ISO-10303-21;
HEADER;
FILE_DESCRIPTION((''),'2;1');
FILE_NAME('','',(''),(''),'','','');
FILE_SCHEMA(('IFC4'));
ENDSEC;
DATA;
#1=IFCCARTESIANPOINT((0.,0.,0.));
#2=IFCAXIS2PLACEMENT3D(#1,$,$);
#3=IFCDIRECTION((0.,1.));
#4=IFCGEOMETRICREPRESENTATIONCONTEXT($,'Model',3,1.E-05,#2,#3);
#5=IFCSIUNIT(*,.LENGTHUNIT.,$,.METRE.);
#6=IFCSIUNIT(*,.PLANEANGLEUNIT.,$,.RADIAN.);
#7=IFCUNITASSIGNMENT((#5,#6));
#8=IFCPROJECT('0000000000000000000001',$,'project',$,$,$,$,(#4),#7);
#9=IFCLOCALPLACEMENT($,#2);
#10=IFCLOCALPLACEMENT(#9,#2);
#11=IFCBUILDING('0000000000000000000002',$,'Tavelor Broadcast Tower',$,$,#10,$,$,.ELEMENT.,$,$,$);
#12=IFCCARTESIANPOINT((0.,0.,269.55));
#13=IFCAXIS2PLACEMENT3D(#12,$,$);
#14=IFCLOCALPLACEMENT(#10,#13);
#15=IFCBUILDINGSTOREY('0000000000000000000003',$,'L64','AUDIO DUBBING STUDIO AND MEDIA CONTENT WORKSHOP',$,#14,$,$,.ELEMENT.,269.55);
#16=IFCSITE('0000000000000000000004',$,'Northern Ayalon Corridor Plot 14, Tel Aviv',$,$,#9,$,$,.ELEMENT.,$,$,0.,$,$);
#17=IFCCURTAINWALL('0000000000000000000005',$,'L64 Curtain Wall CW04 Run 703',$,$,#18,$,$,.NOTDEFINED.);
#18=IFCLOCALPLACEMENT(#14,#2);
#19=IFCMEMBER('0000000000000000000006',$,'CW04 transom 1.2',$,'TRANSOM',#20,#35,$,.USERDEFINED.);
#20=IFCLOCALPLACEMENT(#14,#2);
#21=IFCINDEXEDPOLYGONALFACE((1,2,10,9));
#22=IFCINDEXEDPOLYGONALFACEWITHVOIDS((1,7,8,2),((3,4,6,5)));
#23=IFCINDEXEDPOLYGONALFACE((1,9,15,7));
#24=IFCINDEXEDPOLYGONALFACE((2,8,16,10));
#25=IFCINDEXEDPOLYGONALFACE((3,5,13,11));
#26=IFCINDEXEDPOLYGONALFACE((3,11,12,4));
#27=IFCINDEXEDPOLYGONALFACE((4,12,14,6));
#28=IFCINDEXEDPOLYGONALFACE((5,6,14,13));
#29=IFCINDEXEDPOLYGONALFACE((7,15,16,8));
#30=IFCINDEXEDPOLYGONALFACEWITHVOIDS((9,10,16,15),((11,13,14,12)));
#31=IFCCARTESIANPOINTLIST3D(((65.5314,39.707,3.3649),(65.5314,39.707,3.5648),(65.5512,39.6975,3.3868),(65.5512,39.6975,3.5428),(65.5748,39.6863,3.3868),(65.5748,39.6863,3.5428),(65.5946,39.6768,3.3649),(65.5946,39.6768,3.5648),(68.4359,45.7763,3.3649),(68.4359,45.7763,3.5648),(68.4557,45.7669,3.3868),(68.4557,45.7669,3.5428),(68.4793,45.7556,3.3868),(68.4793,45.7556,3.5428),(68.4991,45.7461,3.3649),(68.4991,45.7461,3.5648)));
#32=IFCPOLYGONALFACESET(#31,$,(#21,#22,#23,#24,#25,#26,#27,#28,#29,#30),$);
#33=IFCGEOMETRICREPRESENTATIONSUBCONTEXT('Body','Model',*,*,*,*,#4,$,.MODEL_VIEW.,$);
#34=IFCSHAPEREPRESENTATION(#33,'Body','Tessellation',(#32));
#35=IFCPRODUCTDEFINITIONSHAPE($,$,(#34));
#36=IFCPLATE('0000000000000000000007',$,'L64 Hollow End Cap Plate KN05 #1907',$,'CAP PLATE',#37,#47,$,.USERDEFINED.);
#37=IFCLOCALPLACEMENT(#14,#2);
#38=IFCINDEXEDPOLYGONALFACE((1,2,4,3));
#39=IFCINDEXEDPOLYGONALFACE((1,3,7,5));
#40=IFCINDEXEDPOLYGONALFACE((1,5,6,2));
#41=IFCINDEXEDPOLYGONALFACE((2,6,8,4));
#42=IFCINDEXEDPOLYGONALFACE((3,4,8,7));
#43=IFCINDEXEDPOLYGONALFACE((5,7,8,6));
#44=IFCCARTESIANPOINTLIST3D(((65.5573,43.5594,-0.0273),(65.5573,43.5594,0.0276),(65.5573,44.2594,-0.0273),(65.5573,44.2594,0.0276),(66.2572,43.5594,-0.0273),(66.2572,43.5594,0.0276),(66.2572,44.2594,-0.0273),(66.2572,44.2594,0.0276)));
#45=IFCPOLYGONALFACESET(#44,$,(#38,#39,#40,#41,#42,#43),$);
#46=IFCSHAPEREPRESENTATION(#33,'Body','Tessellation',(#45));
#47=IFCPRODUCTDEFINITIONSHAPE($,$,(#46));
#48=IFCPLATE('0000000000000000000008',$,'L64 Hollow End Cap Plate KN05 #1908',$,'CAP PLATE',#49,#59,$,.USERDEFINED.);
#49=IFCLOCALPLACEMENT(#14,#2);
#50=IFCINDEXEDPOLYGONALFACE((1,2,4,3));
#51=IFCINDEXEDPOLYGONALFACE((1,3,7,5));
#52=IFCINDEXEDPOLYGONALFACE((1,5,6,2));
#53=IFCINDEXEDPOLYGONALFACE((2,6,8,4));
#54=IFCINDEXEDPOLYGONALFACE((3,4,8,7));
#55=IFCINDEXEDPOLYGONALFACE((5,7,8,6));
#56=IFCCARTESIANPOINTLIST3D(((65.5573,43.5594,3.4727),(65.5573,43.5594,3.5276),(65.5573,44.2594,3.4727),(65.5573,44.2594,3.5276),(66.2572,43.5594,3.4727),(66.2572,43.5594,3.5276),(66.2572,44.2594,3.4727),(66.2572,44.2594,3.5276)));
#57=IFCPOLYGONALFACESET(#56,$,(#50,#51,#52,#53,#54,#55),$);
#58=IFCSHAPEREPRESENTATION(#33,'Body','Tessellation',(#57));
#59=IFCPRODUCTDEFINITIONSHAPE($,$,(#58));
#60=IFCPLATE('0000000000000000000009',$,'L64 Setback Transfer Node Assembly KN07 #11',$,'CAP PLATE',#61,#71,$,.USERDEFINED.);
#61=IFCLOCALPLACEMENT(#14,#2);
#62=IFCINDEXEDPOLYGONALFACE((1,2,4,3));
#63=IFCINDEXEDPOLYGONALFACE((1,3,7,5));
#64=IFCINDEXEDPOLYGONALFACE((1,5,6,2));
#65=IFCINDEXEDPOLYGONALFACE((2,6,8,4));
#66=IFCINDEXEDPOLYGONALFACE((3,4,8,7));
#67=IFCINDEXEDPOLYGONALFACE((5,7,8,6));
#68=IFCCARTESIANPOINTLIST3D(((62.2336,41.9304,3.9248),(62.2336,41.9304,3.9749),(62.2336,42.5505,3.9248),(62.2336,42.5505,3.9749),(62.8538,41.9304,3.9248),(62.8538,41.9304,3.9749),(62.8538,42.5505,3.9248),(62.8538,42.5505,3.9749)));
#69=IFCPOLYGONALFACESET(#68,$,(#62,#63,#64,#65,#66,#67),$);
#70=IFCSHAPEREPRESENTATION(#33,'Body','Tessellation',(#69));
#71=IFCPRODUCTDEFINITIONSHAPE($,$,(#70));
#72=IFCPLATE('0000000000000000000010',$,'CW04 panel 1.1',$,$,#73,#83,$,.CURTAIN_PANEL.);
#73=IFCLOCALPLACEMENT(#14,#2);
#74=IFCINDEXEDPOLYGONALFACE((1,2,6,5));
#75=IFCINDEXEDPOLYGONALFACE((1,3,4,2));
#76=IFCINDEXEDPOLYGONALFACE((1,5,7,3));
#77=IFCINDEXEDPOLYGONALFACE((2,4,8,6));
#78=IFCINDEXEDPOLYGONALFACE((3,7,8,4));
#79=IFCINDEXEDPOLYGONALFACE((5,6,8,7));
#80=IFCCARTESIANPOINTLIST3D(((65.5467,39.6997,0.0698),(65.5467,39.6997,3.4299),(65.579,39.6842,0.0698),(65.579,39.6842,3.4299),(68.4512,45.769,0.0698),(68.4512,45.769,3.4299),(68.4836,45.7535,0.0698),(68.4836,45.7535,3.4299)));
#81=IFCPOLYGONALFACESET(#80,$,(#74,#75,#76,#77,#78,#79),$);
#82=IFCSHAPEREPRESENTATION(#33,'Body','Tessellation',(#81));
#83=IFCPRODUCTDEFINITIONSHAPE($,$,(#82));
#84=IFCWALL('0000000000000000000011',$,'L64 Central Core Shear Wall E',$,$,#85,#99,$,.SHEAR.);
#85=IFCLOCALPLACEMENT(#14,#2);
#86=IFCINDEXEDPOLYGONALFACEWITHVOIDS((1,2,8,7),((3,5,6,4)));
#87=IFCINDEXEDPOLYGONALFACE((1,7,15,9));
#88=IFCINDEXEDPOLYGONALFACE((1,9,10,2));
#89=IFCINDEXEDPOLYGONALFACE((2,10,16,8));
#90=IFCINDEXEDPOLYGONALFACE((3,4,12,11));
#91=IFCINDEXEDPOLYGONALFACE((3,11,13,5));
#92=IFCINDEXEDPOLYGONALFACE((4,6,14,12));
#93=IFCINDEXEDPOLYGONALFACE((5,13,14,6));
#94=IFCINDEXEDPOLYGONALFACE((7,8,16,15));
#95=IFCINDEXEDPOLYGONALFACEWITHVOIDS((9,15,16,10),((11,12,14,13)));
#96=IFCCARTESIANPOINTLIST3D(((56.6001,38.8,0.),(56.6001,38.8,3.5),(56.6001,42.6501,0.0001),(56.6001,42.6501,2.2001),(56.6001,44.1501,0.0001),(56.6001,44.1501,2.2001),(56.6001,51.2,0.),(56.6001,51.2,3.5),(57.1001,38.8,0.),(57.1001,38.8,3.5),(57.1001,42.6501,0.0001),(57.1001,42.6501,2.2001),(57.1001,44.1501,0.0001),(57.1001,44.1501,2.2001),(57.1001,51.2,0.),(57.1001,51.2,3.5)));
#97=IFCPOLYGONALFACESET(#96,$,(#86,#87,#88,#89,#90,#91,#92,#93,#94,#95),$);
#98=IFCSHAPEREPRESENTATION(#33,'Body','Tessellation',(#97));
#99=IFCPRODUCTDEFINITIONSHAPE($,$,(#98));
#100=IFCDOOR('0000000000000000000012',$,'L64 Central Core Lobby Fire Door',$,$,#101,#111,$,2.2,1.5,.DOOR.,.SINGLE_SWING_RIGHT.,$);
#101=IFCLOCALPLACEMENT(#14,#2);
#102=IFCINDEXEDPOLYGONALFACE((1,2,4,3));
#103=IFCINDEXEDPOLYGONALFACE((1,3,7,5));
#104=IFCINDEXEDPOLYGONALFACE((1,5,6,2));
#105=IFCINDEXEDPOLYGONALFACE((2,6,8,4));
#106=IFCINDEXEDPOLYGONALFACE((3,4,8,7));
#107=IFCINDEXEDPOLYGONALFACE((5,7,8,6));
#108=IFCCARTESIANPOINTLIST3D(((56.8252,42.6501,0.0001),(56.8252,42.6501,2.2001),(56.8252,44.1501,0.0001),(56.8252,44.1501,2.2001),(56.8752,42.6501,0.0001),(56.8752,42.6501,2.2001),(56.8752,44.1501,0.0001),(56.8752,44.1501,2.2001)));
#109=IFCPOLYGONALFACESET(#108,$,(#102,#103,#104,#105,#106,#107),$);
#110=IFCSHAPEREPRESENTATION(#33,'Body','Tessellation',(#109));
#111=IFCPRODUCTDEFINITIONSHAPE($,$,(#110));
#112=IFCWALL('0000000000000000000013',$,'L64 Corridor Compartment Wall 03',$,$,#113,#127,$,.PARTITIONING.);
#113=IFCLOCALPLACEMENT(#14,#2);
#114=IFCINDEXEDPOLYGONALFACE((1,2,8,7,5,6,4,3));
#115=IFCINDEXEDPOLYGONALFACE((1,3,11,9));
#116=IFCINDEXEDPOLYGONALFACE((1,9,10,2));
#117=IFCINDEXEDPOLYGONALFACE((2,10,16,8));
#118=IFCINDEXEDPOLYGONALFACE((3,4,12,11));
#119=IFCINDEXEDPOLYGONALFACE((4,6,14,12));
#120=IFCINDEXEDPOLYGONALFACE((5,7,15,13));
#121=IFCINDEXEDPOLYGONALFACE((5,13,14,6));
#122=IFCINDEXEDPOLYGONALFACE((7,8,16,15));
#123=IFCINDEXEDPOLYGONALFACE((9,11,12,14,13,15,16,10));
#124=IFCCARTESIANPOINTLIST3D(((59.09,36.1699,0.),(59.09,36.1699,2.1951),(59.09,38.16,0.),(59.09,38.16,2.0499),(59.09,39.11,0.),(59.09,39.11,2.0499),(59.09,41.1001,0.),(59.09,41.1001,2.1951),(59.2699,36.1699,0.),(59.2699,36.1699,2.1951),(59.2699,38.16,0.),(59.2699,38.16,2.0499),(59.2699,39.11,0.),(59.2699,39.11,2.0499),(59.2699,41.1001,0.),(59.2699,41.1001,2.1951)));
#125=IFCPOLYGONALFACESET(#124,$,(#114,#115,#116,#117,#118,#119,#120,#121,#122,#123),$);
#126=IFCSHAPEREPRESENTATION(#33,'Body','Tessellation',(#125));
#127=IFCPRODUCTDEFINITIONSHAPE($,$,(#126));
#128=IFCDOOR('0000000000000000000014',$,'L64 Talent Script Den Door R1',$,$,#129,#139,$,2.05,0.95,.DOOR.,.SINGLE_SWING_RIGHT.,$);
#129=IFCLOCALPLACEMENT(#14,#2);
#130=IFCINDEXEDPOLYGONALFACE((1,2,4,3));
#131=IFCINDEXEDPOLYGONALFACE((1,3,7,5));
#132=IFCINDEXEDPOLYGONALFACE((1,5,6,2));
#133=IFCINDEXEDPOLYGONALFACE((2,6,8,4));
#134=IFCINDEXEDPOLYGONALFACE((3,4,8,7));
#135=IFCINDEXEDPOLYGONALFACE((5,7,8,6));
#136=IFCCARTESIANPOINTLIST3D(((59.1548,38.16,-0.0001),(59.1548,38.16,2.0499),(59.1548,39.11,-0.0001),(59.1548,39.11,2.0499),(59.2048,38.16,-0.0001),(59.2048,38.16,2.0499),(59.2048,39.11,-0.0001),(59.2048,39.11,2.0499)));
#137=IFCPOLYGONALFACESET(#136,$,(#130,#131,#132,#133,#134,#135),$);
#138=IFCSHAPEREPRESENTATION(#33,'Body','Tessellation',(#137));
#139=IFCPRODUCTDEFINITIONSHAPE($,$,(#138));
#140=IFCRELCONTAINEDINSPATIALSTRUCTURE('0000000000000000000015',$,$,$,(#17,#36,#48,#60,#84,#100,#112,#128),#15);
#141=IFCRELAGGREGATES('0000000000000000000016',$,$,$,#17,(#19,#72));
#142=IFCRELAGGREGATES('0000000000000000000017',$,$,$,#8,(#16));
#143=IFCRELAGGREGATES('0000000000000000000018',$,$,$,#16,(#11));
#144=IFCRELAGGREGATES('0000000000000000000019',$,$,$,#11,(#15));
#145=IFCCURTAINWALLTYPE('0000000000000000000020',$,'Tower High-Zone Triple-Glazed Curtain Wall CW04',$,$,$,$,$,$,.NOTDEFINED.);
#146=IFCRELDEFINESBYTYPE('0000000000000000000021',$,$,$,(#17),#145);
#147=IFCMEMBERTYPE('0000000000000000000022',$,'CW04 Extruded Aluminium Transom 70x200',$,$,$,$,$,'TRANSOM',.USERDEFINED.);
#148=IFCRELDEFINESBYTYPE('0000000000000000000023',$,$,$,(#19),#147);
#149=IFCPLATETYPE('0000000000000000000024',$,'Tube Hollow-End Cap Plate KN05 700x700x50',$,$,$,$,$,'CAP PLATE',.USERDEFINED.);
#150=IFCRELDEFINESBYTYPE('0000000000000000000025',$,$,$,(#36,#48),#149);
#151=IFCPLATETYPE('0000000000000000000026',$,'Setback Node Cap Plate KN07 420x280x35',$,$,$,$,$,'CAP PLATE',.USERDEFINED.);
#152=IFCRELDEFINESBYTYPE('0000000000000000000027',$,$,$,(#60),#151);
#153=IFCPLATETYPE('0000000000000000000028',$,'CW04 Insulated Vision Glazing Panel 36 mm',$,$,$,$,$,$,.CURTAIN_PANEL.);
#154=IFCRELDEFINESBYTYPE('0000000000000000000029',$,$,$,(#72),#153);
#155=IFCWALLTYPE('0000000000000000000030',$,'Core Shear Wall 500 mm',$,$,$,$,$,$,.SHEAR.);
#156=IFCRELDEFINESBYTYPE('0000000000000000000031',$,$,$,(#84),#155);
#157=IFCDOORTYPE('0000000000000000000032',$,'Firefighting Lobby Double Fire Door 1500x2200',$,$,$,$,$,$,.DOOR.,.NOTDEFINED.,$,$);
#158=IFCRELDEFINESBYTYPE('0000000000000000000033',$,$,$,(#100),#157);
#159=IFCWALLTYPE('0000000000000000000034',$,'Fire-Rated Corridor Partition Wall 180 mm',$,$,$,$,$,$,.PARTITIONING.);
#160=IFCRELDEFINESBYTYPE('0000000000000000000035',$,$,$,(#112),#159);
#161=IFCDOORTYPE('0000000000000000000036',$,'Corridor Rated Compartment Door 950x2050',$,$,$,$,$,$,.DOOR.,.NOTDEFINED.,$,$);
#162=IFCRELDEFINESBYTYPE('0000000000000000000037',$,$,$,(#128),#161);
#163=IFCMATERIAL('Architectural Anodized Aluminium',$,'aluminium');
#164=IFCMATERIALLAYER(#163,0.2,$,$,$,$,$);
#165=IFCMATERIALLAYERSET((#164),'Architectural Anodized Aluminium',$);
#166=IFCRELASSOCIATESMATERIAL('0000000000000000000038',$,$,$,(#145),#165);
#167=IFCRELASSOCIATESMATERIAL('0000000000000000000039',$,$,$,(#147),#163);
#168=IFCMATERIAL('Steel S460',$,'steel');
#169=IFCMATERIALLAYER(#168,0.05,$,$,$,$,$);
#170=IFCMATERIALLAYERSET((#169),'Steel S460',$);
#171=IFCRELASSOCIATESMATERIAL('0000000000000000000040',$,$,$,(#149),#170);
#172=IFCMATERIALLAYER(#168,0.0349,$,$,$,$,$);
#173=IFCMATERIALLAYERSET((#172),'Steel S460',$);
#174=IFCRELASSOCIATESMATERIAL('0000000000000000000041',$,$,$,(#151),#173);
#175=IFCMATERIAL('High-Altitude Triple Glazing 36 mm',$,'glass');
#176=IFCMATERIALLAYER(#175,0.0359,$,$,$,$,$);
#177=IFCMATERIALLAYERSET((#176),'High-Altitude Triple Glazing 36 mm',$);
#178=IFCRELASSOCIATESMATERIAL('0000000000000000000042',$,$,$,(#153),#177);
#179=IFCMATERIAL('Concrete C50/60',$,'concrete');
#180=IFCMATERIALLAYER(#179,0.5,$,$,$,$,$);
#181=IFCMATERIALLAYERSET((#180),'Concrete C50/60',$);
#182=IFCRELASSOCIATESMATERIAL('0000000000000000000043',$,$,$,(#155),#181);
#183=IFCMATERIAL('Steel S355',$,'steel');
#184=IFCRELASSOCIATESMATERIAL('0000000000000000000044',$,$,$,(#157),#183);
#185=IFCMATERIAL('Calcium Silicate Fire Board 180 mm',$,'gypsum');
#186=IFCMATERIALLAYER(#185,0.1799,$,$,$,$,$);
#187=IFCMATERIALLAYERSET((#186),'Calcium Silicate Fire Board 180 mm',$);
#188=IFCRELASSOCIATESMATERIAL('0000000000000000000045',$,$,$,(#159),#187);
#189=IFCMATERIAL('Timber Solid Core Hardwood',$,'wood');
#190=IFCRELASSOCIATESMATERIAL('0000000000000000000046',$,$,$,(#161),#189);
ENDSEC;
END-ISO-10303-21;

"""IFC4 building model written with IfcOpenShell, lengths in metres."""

from ifc_helpers import new_model, si_unit, direction, frame, frame_2d, origin, origin_2d, place, context, subcontext, project, spatial, rectangle, hollow_rectangle, extrude, source, transform, mapped, material, layer, layer_set, material_profile, profile_set, type_object, type_shapes, element, fill, aggregate, save


model = new_model("IFC4")

# Units and contexts
model_context = context("Model", 3, precision=1e-05, world=origin(), true_north=direction((0.0, 1.0)))
body_context = subcontext(model_context, "Body", "Model", "MODEL_VIEW")
ifc_project = project(units=[si_unit("LENGTHUNIT", "METRE"), si_unit("PLANEANGLEUNIT", "RADIAN")], contexts=[model_context])

# Site, building, storey
site_placement = place(None, origin())
site = spatial("IfcSite", under=ifc_project, at=site_placement, Name="Northern Ayalon Corridor Plot 14, Tel Aviv", CompositionType="ELEMENT", RefElevation=0.0)
building_placement = place(site_placement, origin())
building = spatial("IfcBuilding", under=site, at=building_placement, Name="Tavelor Broadcast Tower", CompositionType="ELEMENT")
storey_placement = place(building_placement, frame((0.0, 0.0, 269.55)))
storey = spatial("IfcBuildingStorey", under=building, at=storey_placement, Name="L64", Description="AUDIO DUBBING STUDIO AND MEDIA CONTENT WORKSHOP", CompositionType="ELEMENT", Elevation=269.55)

# Shared definitions
ifc_material_1 = material(Name="Concrete C50/60", Category="concrete")
ifc_material_2 = material(Name="Steel S460", Category="steel")

# Shared definitions
ifc_material_3 = material(Name="Architectural Anodized Aluminium", Category="aluminium")
ifc_layer_1 = layer(ifc_material_3, 0.2)
ifc_layer_set_1 = layer_set([ifc_layer_1], Name="Architectural Anodized Aluminium")
curtain_wall_type = type_object("IfcCurtainWallType", Name="Tower High-Zone Triple-Glazed Curtain Wall CW04", PredefinedType="NOTDEFINED", material=ifc_layer_set_1)

# Curtain wall, member
curtain_wall_1_placement = place(storey_placement, origin())
curtain_wall_1 = element("IfcCurtainWall", 1, at=curtain_wall_1_placement, inside=storey, type_object=curtain_wall_type, Name="L64 Curtain Wall CW04 Run 703", PredefinedType="NOTDEFINED")
ifc_material_profile_1 = material_profile(ifc_material_3, hollow_rectangle(XDim=0.0701, YDim=0.2, WallThickness=0.022, at=origin_2d()), Name="RHS 70x200x22")
ifc_profile_set_1 = profile_set([ifc_material_profile_1], Name="Architectural Anodized Aluminium")
member_type_1 = type_object("IfcMemberType", Name="CW04 Extruded Aluminium Transom 70x200", ElementType="TRANSOM", PredefinedType="USERDEFINED", material=ifc_profile_set_1)
shared_shape_1 = source(origin(), body_context, "Body", "SweptSolid", [
    extrude(hollow_rectangle(XDim=0.0701, YDim=0.2, WallThickness=0.022, at=origin_2d()), origin(), (0.0, 0.0, 1.0), 6.7285),
])
type_shapes(member_type_1, [shared_shape_1])
member_1_placement = place(storey_placement, frame((65.563, 39.6919, 3.4648), z_axis=(0.431675, 0.902029, 0.0), x_axis=(-0.902029, 0.431675, 0.0)))
member_1 = element("IfcMember", 2, at=member_1_placement, type_object=member_type_1, Name="CW04 transom 1.2", ObjectType="TRANSOM", PredefinedType="USERDEFINED", context=body_context, shape_type="MappedRepresentation", body=[
    mapped(shared_shape_1, transform((0.0, 0.0, 0.0), scale=1.0)),
])

# Plates
ifc_layer_2 = layer(ifc_material_2, 0.05)
ifc_layer_set_2 = layer_set([ifc_layer_2], Name="Steel S460")
plate_type_1 = type_object("IfcPlateType", Name="Tube Hollow-End Cap Plate KN05 700x700x50", ElementType="CAP PLATE", PredefinedType="USERDEFINED", material=ifc_layer_set_2)
shared_shape_2 = source(origin(), body_context, "Body", "SweptSolid", [
    extrude(rectangle(XDim=0.7, YDim=0.7, at=origin_2d()), origin(), (0.0, 0.0, 1.0), 0.0549),
])
type_shapes(plate_type_1, [shared_shape_2])
for number, where, z_axis, x_axis, name in (
    (3, (65.9072, 43.9094, -0.0273), (0.0, 0.0, 1.0), (1.0, 0.0, 0.0), "L64 Hollow End Cap Plate KN05 #1907"),
    (4, (65.9072, 43.9094, 3.4727), (0.0, 0.0, 1.0), (1.0, 0.0, 0.0), "L64 Hollow End Cap Plate KN05 #1908"),
):
    element("IfcPlate", number, at=place(storey_placement, frame(where, z_axis=z_axis, x_axis=x_axis)), inside=storey, type_object=plate_type_1, Name=name, ObjectType="CAP PLATE", PredefinedType="USERDEFINED", context=body_context, shape_type="MappedRepresentation", body=[
        mapped(shared_shape_2, transform((0.0, 0.0, 0.0), scale=1.0)),
    ])
ifc_layer_3 = layer(ifc_material_2, 0.0349)
ifc_layer_set_3 = layer_set([ifc_layer_3], Name="Steel S460")
plate_type_2 = type_object("IfcPlateType", Name="Setback Node Cap Plate KN07 420x280x35", ElementType="CAP PLATE", PredefinedType="USERDEFINED", material=ifc_layer_set_3)
shared_shape_3 = source(origin(), body_context, "Body", "SweptSolid", [
    extrude(rectangle(XDim=0.6201, YDim=0.6201, at=origin_2d()), origin(), (0.0, 0.0, 1.0), 0.05),
])
type_shapes(plate_type_2, [shared_shape_3])
plate_1_placement = place(storey_placement, frame((62.5437, 42.2405, 3.9248), z_axis=(0.0, 0.0, 1.0), x_axis=(1.0, 0.0, 0.0)))
element("IfcPlate", 5, at=plate_1_placement, inside=storey, type_object=plate_type_2, Name="L64 Setback Transfer Node Assembly KN07 #11", ObjectType="CAP PLATE", PredefinedType="USERDEFINED", context=body_context, shape_type="MappedRepresentation", body=[
    mapped(shared_shape_3, transform((0.0, 0.0, 0.0), scale=1.0)),
])

# Plate
ifc_material_4 = material(Name="High-Altitude Triple Glazing 36 mm", Category="glass")
ifc_layer_4 = layer(ifc_material_4, 0.0359)
ifc_layer_set_4 = layer_set([ifc_layer_4], Name="High-Altitude Triple Glazing 36 mm")
plate_type_3 = type_object("IfcPlateType", Name="CW04 Insulated Vision Glazing Panel 36 mm", PredefinedType="CURTAIN_PANEL", material=ifc_layer_set_4)
shared_shape_4 = source(origin(), body_context, "Body", "SweptSolid", [
    extrude(rectangle(XDim=6.7285, YDim=0.0359, at=origin_2d()), origin(), (0.0, 0.0, 1.0), 3.3601),
])
type_shapes(plate_type_3, [shared_shape_4])
plate_2_placement = place(storey_placement, frame((67.0151, 42.7266, 0.0698), z_axis=(0.0, 0.0, 1.0), x_axis=(0.431679, 0.902027, 0.0)))
plate_2 = element("IfcPlate", 6, at=plate_2_placement, type_object=plate_type_3, Name="CW04 panel 1.1", PredefinedType="CURTAIN_PANEL", context=body_context, shape_type="MappedRepresentation", body=[
    mapped(shared_shape_4, transform((0.0, 0.0, 0.0), scale=1.0)),
])
aggregate(curtain_wall_1, [member_1, plate_2])

# Walls, openings, doors
ifc_layer_5 = layer(ifc_material_1, 0.5)
ifc_layer_set_5 = layer_set([ifc_layer_5], Name="Concrete C50/60")
wall_type_1 = type_object("IfcWallType", Name="Core Shear Wall 500 mm", PredefinedType="SHEAR", material=ifc_layer_set_5)
wall_1_placement = place(storey_placement, frame((56.8501, 38.8, 0.0), z_axis=(0.0, 0.0, 1.0), x_axis=(0.0, 1.0, 0.0)))
wall_1 = element("IfcWall", 7, at=wall_1_placement, inside=storey, type_object=wall_type_1, Name="L64 Central Core Shear Wall E", PredefinedType="SHEAR", context=body_context, shape_type="SweptSolid", body=[
    extrude(rectangle(XDim=12.3999, YDim=0.5, at=frame_2d((6.2, 0.0))), origin(), (0.0, 0.0, 1.0), 3.5),
])
opening_1_placement = place(wall_1_placement, frame((3.8501, 0.0, 0.0)))
opening_1 = element("IfcOpeningElement", 8, at=opening_1_placement, cuts=wall_1, PredefinedType="OPENING", context=body_context, shape_type="SweptSolid", body=[
    extrude(rectangle(XDim=1.5, YDim=2.2, at=frame_2d((0.75, 1.1001))), frame((0.0, 0.26, 0.0), z_axis=(0.0, -1.0, 0.0), x_axis=(1.0, 0.0, 0.0)), (0.0, 0.0, 1.0), 0.52),
])
ifc_material_5 = material(Name="Steel S355", Category="steel")
door_type_1 = type_object("IfcDoorType", Name="Firefighting Lobby Double Fire Door 1500x2200", OperationType="NOTDEFINED", PredefinedType="DOOR", material=ifc_material_5)
door_1_placement = place(opening_1_placement, origin())
door_1 = element("IfcDoor", 9, at=door_1_placement, inside=storey, type_object=door_type_1, Name="L64 Central Core Lobby Fire Door", OperationType="SINGLE_SWING_RIGHT", OverallHeight=2.2, OverallWidth=1.5, PredefinedType="DOOR", context=body_context, shape_type="SweptSolid", body=[
    extrude(rectangle(XDim=1.5, YDim=2.2, at=frame_2d((0.75, 1.1001))), frame((0.0, 0.0249, 0.0), z_axis=(0.0, -1.0, 0.0), x_axis=(1.0, 0.0, 0.0)), (0.0, 0.0, 1.0), 0.05),
])
fill(opening_1, door_1)
ifc_material_6 = material(Name="Calcium Silicate Fire Board 180 mm", Category="gypsum")
ifc_layer_6 = layer(ifc_material_6, 0.1799)
ifc_layer_set_6 = layer_set([ifc_layer_6], Name="Calcium Silicate Fire Board 180 mm")
wall_type_2 = type_object("IfcWallType", Name="Fire-Rated Corridor Partition Wall 180 mm", PredefinedType="PARTITIONING", material=ifc_layer_set_6)
wall_2_placement = place(storey_placement, frame((59.1799, 41.1001, 0.0), z_axis=(0.0, 0.0, 1.0), x_axis=(0.0, -1.0, 0.0)))
wall_2 = element("IfcWall", 10, at=wall_2_placement, inside=storey, type_object=wall_type_2, Name="L64 Corridor Compartment Wall 03", PredefinedType="PARTITIONING", context=body_context, shape_type="SweptSolid", body=[
    extrude(rectangle(XDim=4.9302, YDim=0.1799, at=frame_2d((2.4651, 0.0))), origin(), (0.0, 0.0, 1.0), 2.1951),
])
opening_2_placement = place(wall_2_placement, frame((1.99, 0.0, 0.0)))
opening_2 = element("IfcOpeningElement", 11, at=opening_2_placement, cuts=wall_2, PredefinedType="OPENING", context=body_context, shape_type="SweptSolid", body=[
    extrude(rectangle(XDim=0.95, YDim=2.05, at=frame_2d((0.4751, 1.0249))), frame((0.0, 0.1001, 0.0), z_axis=(0.0, -1.0, 0.0), x_axis=(1.0, 0.0, 0.0)), (0.0, 0.0, 1.0), 0.2),
])
ifc_material_7 = material(Name="Timber Solid Core Hardwood", Category="wood")
door_type_2 = type_object("IfcDoorType", Name="Corridor Rated Compartment Door 950x2050", OperationType="NOTDEFINED", PredefinedType="DOOR", material=ifc_material_7)
door_2_placement = place(opening_2_placement, origin())
door_2 = element("IfcDoor", 12, at=door_2_placement, inside=storey, type_object=door_type_2, Name="L64 Talent Script Den Door R1", OperationType="SINGLE_SWING_RIGHT", OverallHeight=2.05, OverallWidth=0.95, PredefinedType="DOOR", context=body_context, shape_type="SweptSolid", body=[
    extrude(rectangle(XDim=0.95, YDim=2.05, at=frame_2d((0.4751, 1.0249))), frame((0.0, 0.0249, 0.0), z_axis=(0.0, -1.0, 0.0), x_axis=(1.0, 0.0, 0.0)), (0.0, 0.0, 1.0), 0.05),
])
fill(opening_2, door_2)

save(model, "model.ifc")
